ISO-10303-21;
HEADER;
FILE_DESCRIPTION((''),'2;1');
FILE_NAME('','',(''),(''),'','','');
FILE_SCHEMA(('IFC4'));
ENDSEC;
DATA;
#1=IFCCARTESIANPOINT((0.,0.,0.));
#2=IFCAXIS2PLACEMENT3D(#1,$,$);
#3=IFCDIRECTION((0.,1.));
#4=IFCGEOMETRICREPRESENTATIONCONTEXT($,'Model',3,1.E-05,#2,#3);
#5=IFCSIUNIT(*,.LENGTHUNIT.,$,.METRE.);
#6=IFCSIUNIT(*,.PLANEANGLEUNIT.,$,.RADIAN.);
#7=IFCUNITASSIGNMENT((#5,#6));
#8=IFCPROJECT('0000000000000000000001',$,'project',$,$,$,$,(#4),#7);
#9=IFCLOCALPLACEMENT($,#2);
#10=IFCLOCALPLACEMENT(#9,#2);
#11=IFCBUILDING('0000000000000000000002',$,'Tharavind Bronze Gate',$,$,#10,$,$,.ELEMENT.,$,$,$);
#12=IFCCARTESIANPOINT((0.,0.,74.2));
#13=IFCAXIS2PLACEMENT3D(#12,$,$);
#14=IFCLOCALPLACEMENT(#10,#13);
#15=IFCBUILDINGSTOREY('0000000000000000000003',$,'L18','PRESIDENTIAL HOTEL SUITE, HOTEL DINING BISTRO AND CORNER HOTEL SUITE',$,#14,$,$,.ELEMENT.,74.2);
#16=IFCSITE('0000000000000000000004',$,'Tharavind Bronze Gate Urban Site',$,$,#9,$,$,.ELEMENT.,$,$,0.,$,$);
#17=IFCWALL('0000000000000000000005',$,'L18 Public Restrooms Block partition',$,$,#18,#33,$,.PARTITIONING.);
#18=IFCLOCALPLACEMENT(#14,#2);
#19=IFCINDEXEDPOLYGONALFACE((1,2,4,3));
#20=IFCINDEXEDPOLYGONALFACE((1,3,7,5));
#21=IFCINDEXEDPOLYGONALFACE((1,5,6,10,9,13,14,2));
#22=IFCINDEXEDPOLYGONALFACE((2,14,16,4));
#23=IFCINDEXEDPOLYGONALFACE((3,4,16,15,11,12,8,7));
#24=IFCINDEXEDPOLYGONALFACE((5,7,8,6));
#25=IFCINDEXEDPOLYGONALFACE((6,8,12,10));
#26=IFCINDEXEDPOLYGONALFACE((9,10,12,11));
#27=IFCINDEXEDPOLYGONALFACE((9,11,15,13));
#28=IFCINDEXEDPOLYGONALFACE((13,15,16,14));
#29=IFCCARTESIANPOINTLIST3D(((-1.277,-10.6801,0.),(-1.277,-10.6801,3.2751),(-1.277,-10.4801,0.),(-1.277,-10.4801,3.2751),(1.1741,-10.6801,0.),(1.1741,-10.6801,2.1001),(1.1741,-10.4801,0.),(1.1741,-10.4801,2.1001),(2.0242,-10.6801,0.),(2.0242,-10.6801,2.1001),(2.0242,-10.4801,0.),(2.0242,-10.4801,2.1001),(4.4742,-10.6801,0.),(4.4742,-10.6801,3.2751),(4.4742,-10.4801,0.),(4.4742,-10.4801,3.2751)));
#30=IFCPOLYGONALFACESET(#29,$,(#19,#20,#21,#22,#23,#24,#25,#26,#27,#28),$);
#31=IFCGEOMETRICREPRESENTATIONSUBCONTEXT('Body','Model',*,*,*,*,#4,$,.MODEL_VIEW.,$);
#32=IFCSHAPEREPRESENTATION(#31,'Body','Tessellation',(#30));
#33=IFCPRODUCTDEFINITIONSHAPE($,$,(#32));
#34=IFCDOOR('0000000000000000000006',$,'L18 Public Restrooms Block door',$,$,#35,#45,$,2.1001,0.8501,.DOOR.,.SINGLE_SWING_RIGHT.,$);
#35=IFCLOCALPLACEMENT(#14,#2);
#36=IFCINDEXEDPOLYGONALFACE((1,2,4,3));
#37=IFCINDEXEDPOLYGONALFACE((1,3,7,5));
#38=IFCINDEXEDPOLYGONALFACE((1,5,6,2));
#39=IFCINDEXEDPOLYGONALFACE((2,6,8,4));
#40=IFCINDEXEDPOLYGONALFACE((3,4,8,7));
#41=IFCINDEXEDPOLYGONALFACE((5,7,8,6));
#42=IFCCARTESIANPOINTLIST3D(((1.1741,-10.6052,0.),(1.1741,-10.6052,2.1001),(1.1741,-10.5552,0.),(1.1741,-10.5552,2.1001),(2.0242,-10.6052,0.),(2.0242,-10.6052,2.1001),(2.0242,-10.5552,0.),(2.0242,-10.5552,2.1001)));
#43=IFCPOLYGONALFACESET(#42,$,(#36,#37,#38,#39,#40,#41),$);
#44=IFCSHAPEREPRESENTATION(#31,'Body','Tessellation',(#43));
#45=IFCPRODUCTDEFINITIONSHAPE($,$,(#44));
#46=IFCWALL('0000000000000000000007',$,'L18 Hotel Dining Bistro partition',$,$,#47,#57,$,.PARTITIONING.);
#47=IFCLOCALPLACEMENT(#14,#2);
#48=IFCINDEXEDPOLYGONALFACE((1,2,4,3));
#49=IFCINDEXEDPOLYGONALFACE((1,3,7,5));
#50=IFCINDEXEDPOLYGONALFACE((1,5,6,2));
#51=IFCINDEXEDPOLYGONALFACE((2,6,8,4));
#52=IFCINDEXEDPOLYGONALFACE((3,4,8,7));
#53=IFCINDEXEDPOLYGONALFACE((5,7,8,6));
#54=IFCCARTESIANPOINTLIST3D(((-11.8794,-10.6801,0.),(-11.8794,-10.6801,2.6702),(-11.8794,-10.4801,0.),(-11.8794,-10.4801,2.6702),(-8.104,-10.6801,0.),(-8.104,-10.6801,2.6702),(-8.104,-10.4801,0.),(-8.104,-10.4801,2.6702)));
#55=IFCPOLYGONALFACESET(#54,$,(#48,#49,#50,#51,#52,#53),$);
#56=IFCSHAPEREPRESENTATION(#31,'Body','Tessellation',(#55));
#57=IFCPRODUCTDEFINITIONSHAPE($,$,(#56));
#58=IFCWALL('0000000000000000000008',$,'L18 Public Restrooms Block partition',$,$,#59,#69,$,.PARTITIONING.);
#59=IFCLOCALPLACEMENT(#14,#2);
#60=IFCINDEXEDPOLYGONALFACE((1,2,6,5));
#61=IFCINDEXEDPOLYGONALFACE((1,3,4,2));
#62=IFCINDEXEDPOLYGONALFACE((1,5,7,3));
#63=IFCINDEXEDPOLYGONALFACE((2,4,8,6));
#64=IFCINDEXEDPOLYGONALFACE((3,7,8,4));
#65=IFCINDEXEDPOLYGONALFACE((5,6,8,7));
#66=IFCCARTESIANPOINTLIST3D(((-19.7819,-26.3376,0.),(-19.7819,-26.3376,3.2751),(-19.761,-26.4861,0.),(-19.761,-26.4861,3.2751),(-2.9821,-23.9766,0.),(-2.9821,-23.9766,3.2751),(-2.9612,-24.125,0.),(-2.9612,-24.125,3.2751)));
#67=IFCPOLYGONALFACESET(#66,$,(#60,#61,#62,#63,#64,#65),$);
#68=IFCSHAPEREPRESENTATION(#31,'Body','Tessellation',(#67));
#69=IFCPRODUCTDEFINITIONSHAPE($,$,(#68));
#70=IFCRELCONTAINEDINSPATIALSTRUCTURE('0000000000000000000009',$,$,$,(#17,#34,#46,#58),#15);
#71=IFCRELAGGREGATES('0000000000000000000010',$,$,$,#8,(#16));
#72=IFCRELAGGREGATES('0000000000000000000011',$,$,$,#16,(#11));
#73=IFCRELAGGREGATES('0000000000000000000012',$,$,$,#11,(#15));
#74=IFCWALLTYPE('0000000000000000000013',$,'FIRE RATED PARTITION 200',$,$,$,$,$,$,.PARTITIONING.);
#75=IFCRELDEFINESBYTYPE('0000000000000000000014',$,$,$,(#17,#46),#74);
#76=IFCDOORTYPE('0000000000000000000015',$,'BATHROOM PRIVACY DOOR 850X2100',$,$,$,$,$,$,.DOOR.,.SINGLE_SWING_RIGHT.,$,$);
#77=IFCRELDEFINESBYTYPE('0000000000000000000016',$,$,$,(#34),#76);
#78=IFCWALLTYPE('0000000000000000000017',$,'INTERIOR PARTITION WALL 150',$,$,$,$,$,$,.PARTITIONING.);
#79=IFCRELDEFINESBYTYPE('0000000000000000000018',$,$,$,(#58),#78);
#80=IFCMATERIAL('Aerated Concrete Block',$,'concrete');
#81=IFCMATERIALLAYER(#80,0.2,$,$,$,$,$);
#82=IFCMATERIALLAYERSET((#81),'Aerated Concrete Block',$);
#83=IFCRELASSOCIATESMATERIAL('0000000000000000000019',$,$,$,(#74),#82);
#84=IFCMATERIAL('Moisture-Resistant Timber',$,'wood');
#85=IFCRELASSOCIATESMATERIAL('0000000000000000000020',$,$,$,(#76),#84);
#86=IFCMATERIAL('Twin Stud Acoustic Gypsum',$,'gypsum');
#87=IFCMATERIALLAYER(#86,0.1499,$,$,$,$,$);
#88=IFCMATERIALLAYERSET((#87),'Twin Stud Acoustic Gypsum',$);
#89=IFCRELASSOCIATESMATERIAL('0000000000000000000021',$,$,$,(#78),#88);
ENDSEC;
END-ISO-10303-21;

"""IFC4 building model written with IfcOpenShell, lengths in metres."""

from ifc_helpers import new_model, si_unit, direction, frame, frame_2d, origin, place, context, subcontext, project, spatial, rectangle, extrude, material, layer, layer_set, type_object, element, fill, save


model = new_model("IFC4")

# Units and contexts
model_context = context("Model", 3, precision=1e-05, world=origin(), true_north=direction((0.0, 1.0)))
body_context = subcontext(model_context, "Body", "Model", "MODEL_VIEW")
ifc_project = project(units=[si_unit("LENGTHUNIT", "METRE"), si_unit("PLANEANGLEUNIT", "RADIAN")], contexts=[model_context])

# Site, building, storey
site_placement = place(None, origin())
site = spatial("IfcSite", under=ifc_project, at=site_placement, Name="Tharavind Bronze Gate Urban Site", CompositionType="ELEMENT", RefElevation=0.0)
building_placement = place(site_placement, origin())
building = spatial("IfcBuilding", under=site, at=building_placement, Name="Tharavind Bronze Gate", CompositionType="ELEMENT")
storey_placement = place(building_placement, frame((0.0, 0.0, 74.2)))
storey = spatial("IfcBuildingStorey", under=building, at=storey_placement, Name="L18", Description="PRESIDENTIAL HOTEL SUITE, HOTEL DINING BISTRO AND CORNER HOTEL SUITE", CompositionType="ELEMENT", Elevation=74.2)

# Shared definitions
ifc_material_1 = material(Name="Aerated Concrete Block", Category="concrete")
ifc_layer_1 = layer(ifc_material_1, 0.2)
ifc_layer_set_1 = layer_set([ifc_layer_1], Name="Aerated Concrete Block")
wall_type_1 = type_object("IfcWallType", Name="FIRE RATED PARTITION 200", PredefinedType="PARTITIONING", material=ifc_layer_set_1)

# Shared definitions
ifc_material_2 = material(Name="Moisture-Resistant Timber", Category="wood")
door_type = type_object("IfcDoorType", Name="BATHROOM PRIVACY DOOR 850X2100", OperationType="SINGLE_SWING_RIGHT", PredefinedType="DOOR", material=ifc_material_2)

# Wall, opening, door
wall_1_placement = place(storey_placement, frame((-1.2769, -10.5801, 0.0), z_axis=(0.0, 0.0, 1.0), x_axis=(1.0, 0.0, 0.0)))
wall_1 = element("IfcWall", 1, at=wall_1_placement, inside=storey, type_object=wall_type_1, Name="L18 Public Restrooms Block partition", PredefinedType="PARTITIONING", context=body_context, shape_type="SweptSolid", body=[
    extrude(rectangle(XDim=5.7512, YDim=0.2, at=frame_2d((2.8755, 0.0))), origin(), (0.0, 0.0, 1.0), 3.2751),
])
opening_1_placement = place(wall_1_placement, frame((2.4509, 0.0, 0.0)))
opening_1 = element("IfcOpeningElement", 2, at=opening_1_placement, cuts=wall_1, PredefinedType="OPENING", context=body_context, shape_type="SweptSolid", body=[
    extrude(rectangle(XDim=0.8501, YDim=2.1001, at=frame_2d((0.425, 1.05))), frame((0.0, 0.1101, 0.0), z_axis=(0.0, -1.0, 0.0), x_axis=(1.0, 0.0, 0.0)), (0.0, 0.0, 1.0), 0.22),
])
door_1_placement = place(opening_1_placement, origin())
door_1 = element("IfcDoor", 3, at=door_1_placement, inside=storey, type_object=door_type, Name="L18 Public Restrooms Block door", OperationType="SINGLE_SWING_RIGHT", OverallHeight=2.1001, OverallWidth=0.8501, PredefinedType="DOOR", context=body_context, shape_type="SweptSolid", body=[
    extrude(rectangle(XDim=0.8501, YDim=2.1001, at=frame_2d((0.425, 1.05))), frame((0.0, 0.0249, 0.0), z_axis=(0.0, -1.0, 0.0), x_axis=(1.0, 0.0, 0.0)), (0.0, 0.0, 1.0), 0.05),
])
fill(opening_1, door_1)

# Walls
wall_2_placement = place(storey_placement, frame((-11.8794, -10.5801, 0.0), z_axis=(0.0, 0.0, 1.0), x_axis=(1.0, 0.0, 0.0)))
element("IfcWall", 4, at=wall_2_placement, inside=storey, type_object=wall_type_1, Name="L18 Hotel Dining Bistro partition", PredefinedType="PARTITIONING", context=body_context, shape_type="SweptSolid", body=[
    extrude(rectangle(XDim=3.7754, YDim=0.2, at=frame_2d((1.8877, 0.0))), origin(), (0.0, 0.0, 1.0), 2.6702),
])
ifc_material_3 = material(Name="Twin Stud Acoustic Gypsum", Category="gypsum")
ifc_layer_2 = layer(ifc_material_3, 0.1499)
ifc_layer_set_2 = layer_set([ifc_layer_2], Name="Twin Stud Acoustic Gypsum")
wall_type_2 = type_object("IfcWallType", Name="INTERIOR PARTITION WALL 150", PredefinedType="PARTITIONING", material=ifc_layer_set_2)
wall_3_placement = place(storey_placement, frame((-2.9717, -24.0508, 0.0), z_axis=(0.0, 0.0, 1.0), x_axis=(-0.990268, -0.139175, 0.0)))
element("IfcWall", 5, at=wall_3_placement, inside=storey, type_object=wall_type_2, Name="L18 Public Restrooms Block partition", PredefinedType="PARTITIONING", context=body_context, shape_type="SweptSolid", body=[
    extrude(rectangle(XDim=16.9648, YDim=0.1499, at=frame_2d((8.4824, 0.0))), origin(), (0.0, 0.0, 1.0), 3.2751),
])

save(model, "model.ifc")
